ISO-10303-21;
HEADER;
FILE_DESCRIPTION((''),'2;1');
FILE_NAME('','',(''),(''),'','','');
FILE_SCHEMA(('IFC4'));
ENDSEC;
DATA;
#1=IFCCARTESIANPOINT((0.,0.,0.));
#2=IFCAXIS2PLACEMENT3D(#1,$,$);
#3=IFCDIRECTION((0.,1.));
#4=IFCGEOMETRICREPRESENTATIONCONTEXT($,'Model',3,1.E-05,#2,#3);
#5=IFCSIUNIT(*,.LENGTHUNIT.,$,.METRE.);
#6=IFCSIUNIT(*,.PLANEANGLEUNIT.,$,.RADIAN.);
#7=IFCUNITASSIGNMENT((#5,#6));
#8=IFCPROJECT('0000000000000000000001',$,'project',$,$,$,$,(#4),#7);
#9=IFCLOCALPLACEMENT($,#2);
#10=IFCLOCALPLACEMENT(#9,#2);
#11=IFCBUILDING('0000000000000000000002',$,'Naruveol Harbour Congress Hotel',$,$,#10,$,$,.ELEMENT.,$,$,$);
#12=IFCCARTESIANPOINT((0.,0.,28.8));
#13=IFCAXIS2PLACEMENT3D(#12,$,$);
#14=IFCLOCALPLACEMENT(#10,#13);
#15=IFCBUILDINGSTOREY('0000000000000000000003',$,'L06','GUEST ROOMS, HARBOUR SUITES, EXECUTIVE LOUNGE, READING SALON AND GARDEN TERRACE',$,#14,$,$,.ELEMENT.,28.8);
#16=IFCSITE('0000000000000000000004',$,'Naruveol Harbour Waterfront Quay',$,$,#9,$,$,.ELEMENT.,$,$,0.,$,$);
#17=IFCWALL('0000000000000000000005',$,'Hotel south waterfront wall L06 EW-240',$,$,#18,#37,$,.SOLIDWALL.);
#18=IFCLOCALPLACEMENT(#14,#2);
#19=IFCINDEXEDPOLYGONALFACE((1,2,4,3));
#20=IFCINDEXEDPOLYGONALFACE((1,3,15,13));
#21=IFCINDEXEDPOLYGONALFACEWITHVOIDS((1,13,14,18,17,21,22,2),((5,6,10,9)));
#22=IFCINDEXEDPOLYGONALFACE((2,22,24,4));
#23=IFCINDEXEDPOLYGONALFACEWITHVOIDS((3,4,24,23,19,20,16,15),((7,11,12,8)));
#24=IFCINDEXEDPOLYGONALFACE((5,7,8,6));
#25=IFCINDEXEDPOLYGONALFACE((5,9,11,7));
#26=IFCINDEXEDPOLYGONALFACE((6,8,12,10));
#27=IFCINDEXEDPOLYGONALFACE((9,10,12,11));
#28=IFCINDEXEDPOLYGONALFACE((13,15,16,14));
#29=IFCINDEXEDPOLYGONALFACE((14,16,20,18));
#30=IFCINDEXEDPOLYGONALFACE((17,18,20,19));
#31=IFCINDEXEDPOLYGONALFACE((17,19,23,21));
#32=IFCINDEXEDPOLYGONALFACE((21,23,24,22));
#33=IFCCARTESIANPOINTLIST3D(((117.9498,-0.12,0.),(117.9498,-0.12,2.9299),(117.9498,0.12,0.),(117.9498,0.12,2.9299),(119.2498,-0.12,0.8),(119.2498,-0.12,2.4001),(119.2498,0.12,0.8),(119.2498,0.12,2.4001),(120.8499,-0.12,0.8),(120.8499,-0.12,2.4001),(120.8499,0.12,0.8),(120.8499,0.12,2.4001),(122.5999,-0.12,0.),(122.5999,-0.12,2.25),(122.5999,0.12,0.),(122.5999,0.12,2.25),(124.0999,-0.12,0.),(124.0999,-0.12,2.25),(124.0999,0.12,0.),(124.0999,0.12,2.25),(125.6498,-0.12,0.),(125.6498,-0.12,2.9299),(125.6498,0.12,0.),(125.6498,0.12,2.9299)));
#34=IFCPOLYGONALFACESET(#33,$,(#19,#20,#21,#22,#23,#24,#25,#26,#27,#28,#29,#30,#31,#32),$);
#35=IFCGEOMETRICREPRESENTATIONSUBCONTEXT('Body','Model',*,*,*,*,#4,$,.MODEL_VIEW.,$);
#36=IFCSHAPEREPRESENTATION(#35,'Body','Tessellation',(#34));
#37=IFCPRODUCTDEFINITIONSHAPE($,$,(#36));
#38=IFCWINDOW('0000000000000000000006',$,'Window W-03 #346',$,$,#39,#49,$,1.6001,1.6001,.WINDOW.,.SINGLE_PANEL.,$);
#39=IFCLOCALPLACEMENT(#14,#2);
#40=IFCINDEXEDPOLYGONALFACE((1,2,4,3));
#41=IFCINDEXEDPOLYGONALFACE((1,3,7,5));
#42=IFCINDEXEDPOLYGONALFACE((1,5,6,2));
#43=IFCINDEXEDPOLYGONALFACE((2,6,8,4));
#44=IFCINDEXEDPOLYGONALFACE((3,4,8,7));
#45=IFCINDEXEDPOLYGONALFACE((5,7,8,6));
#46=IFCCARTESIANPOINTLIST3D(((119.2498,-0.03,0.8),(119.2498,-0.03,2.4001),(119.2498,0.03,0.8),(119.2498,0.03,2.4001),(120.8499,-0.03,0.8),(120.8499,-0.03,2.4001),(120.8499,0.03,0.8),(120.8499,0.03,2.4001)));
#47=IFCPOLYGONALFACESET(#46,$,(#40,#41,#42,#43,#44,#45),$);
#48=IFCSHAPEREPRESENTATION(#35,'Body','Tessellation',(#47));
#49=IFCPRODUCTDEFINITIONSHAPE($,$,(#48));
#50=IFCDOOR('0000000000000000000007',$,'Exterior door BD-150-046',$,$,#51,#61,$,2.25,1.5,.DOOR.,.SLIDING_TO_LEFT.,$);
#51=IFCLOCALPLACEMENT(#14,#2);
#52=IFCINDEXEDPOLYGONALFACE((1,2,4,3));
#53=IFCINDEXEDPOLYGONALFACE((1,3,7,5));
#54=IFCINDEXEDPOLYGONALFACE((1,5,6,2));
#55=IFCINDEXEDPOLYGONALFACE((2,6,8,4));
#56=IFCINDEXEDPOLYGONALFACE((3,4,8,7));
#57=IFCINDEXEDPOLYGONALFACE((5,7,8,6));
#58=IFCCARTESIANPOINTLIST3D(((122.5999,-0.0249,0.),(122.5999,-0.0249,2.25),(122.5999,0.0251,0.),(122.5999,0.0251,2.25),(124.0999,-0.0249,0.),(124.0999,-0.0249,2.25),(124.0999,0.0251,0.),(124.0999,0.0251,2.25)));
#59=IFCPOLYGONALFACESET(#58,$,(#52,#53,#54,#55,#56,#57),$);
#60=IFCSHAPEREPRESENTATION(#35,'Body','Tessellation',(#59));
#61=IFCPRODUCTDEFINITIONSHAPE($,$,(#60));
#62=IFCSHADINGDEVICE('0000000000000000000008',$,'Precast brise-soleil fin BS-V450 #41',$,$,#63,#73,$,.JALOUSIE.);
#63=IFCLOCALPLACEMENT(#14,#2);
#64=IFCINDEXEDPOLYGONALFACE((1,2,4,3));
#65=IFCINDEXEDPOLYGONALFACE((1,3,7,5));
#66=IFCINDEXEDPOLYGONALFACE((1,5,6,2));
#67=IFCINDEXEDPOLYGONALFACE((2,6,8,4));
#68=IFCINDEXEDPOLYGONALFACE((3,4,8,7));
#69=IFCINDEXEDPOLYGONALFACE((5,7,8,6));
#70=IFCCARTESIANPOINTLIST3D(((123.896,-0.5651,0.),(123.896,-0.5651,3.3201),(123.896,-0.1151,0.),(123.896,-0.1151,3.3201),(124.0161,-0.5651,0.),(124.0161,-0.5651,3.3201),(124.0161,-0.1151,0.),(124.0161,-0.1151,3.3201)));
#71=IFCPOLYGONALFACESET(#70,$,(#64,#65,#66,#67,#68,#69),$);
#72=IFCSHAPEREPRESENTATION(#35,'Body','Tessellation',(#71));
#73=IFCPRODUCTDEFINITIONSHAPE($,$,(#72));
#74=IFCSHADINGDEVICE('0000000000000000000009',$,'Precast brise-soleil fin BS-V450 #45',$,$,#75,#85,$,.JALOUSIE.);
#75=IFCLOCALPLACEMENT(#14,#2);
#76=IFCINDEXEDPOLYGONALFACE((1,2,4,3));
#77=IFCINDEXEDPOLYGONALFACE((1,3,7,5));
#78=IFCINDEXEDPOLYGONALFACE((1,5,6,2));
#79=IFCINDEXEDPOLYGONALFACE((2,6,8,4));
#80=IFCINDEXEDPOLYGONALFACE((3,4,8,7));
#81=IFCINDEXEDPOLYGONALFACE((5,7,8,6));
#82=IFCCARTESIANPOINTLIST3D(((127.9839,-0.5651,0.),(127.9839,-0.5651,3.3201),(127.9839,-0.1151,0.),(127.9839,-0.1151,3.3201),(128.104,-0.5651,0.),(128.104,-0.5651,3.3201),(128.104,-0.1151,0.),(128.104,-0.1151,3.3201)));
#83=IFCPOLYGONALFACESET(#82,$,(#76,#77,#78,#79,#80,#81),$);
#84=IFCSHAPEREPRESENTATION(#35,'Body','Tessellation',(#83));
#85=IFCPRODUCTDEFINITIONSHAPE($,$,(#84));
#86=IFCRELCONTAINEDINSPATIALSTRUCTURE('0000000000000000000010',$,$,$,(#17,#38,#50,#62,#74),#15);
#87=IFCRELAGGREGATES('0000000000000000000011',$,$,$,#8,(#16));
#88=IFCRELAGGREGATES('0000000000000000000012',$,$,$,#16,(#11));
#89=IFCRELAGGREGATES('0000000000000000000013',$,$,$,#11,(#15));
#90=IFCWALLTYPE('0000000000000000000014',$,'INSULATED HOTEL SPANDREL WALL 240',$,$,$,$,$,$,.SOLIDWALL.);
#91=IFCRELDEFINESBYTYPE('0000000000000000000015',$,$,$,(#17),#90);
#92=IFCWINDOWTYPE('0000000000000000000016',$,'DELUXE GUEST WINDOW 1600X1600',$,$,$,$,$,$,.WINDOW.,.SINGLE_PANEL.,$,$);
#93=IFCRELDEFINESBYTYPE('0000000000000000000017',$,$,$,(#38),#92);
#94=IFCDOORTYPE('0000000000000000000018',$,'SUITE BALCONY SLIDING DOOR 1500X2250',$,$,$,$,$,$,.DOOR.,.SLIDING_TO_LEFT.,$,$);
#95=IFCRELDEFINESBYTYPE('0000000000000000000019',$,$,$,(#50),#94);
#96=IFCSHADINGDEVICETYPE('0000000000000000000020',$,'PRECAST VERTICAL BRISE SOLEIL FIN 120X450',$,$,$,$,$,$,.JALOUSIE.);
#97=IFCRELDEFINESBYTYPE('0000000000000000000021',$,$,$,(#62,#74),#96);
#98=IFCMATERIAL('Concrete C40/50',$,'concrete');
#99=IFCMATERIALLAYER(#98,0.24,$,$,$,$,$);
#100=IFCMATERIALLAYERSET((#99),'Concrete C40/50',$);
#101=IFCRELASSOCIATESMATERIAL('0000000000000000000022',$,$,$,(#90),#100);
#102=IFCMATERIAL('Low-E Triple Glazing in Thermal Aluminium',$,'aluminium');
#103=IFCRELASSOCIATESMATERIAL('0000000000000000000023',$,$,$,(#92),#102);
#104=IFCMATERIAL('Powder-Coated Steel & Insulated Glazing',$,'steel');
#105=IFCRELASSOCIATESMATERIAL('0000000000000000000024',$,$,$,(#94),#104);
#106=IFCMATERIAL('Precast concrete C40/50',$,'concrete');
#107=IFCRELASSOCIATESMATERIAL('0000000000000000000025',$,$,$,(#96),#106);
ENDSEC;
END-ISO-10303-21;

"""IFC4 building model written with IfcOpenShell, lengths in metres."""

from ifc_helpers import new_model, si_unit, direction, frame, frame_2d, origin, origin_2d, place, context, subcontext, project, spatial, rectangle, extrude, material, layer, layer_set, type_object, element, fill, save


model = new_model("IFC4")

# Units and contexts
model_context = context("Model", 3, precision=1e-05, world=origin(), true_north=direction((0.0, 1.0)))
body_context = subcontext(model_context, "Body", "Model", "MODEL_VIEW")
ifc_project = project(units=[si_unit("LENGTHUNIT", "METRE"), si_unit("PLANEANGLEUNIT", "RADIAN")], contexts=[model_context])

# Site, building, storey
site_placement = place(None, origin())
site = spatial("IfcSite", under=ifc_project, at=site_placement, Name="Naruveol Harbour Waterfront Quay", CompositionType="ELEMENT", RefElevation=0.0)
building_placement = place(site_placement, origin())
building = spatial("IfcBuilding", under=site, at=building_placement, Name="Naruveol Harbour Congress Hotel", CompositionType="ELEMENT")
storey_placement = place(building_placement, frame((0.0, 0.0, 28.8)))
storey = spatial("IfcBuildingStorey", under=building, at=storey_placement, Name="L06", Description="GUEST ROOMS, HARBOUR SUITES, EXECUTIVE LOUNGE, READING SALON AND GARDEN TERRACE", CompositionType="ELEMENT", Elevation=28.8)

# Wall, openings, window, door
ifc_material_1 = material(Name="Concrete C40/50", Category="concrete")
ifc_layer_1 = layer(ifc_material_1, 0.24)
ifc_layer_set_1 = layer_set([ifc_layer_1], Name="Concrete C40/50")
wall_type_1 = type_object("IfcWallType", Name="INSULATED HOTEL SPANDREL WALL 240", PredefinedType="SOLIDWALL", material=ifc_layer_set_1)
wall_1_placement = place(storey_placement, frame((125.6499, 0.0, 0.0), z_axis=(0.0, 0.0, 1.0), x_axis=(-1.0, 0.0, 0.0)))
wall_1 = element("IfcWall", 1, at=wall_1_placement, inside=storey, type_object=wall_type_1, Name="Hotel south waterfront wall L06 EW-240", PredefinedType="SOLIDWALL", context=body_context, shape_type="SweptSolid", body=[
    extrude(rectangle(XDim=7.7, YDim=0.24, at=frame_2d((3.8501, 0.0))), origin(), (0.0, 0.0, 1.0), 2.9299),
])
opening_1_placement = place(wall_1_placement, frame((1.55, 0.0, 0.0)))
opening_1 = element("IfcOpeningElement", 2, at=opening_1_placement, cuts=wall_1, PredefinedType="OPENING", context=body_context, shape_type="SweptSolid", body=[
    extrude(rectangle(XDim=1.5, YDim=2.25, at=frame_2d((0.75, 1.125))), frame((0.0, 0.1299, 0.0), z_axis=(0.0, -1.0, 0.0), x_axis=(1.0, 0.0, 0.0)), (0.0, 0.0, 1.0), 0.26),
])
opening_2_placement = place(wall_1_placement, frame((4.8, 0.0, 0.8)))
opening_2 = element("IfcOpeningElement", 3, at=opening_2_placement, cuts=wall_1, PredefinedType="OPENING", context=body_context, shape_type="SweptSolid", body=[
    extrude(rectangle(XDim=1.6001, YDim=1.6001, at=frame_2d((0.8, 0.8))), frame((0.0, 0.1299, 0.0), z_axis=(0.0, -1.0, 0.0), x_axis=(1.0, 0.0, 0.0)), (0.0, 0.0, 1.0), 0.26),
])
ifc_material_2 = material(Name="Low-E Triple Glazing in Thermal Aluminium", Category="aluminium")
window_type = type_object("IfcWindowType", Name="DELUXE GUEST WINDOW 1600X1600", PartitioningType="SINGLE_PANEL", PredefinedType="WINDOW", material=ifc_material_2)
window_placement = place(opening_2_placement, origin())
window = element("IfcWindow", 4, at=window_placement, inside=storey, type_object=window_type, Name="Window W-03 #346", OverallHeight=1.6001, OverallWidth=1.6001, PartitioningType="SINGLE_PANEL", PredefinedType="WINDOW", context=body_context, shape_type="SweptSolid", body=[
    extrude(rectangle(XDim=1.6001, YDim=1.6001, at=frame_2d((0.8, 0.8))), frame((0.0, 0.03, 0.0), z_axis=(0.0, -1.0, 0.0), x_axis=(1.0, 0.0, 0.0)), (0.0, 0.0, 1.0), 0.0601),
])
fill(opening_2, window)
ifc_material_3 = material(Name="Powder-Coated Steel & Insulated Glazing", Category="steel")
door_type_1 = type_object("IfcDoorType", Name="SUITE BALCONY SLIDING DOOR 1500X2250", OperationType="SLIDING_TO_LEFT", PredefinedType="DOOR", material=ifc_material_3)
door_1_placement = place(opening_1_placement, origin())
door_1 = element("IfcDoor", 5, at=door_1_placement, inside=storey, type_object=door_type_1, Name="Exterior door BD-150-046", OperationType="SLIDING_TO_LEFT", OverallHeight=2.25, OverallWidth=1.5, PredefinedType="DOOR", context=body_context, shape_type="SweptSolid", body=[
    extrude(rectangle(XDim=1.5, YDim=2.25, at=frame_2d((0.75, 1.125))), frame((0.0, 0.0249, 0.0), z_axis=(0.0, -1.0, 0.0), x_axis=(1.0, 0.0, 0.0)), (0.0, 0.0, 1.0), 0.05),
])
fill(opening_1, door_1)

# Shading devices
ifc_material_4 = material(Name="Precast concrete C40/50", Category="concrete")
shading_device_type = type_object("IfcShadingDeviceType", Name="PRECAST VERTICAL BRISE SOLEIL FIN 120X450", PredefinedType="JALOUSIE", material=ifc_material_4)
for number, where, z_axis, x_axis, name in (
    (6, (123.9561, -0.3401, 0.0), (0.0, 0.0, 1.0), (-1.0, 0.0, 0.0), "Precast brise-soleil fin BS-V450 #41"),
    (7, (128.0439, -0.3401, 0.0), (0.0, 0.0, 1.0), (-1.0, 0.0, 0.0), "Precast brise-soleil fin BS-V450 #45"),
):
    element("IfcShadingDevice", number, at=place(storey_placement, frame(where, z_axis=z_axis, x_axis=x_axis)), inside=storey, type_object=shading_device_type, Name=name, PredefinedType="JALOUSIE", context=body_context, shape_type="SweptSolid", body=[
        extrude(rectangle(XDim=0.1201, YDim=0.45, at=origin_2d()), origin(), (0.0, 0.0, 1.0), 3.3201),
    ])

save(model, "model.ifc")
